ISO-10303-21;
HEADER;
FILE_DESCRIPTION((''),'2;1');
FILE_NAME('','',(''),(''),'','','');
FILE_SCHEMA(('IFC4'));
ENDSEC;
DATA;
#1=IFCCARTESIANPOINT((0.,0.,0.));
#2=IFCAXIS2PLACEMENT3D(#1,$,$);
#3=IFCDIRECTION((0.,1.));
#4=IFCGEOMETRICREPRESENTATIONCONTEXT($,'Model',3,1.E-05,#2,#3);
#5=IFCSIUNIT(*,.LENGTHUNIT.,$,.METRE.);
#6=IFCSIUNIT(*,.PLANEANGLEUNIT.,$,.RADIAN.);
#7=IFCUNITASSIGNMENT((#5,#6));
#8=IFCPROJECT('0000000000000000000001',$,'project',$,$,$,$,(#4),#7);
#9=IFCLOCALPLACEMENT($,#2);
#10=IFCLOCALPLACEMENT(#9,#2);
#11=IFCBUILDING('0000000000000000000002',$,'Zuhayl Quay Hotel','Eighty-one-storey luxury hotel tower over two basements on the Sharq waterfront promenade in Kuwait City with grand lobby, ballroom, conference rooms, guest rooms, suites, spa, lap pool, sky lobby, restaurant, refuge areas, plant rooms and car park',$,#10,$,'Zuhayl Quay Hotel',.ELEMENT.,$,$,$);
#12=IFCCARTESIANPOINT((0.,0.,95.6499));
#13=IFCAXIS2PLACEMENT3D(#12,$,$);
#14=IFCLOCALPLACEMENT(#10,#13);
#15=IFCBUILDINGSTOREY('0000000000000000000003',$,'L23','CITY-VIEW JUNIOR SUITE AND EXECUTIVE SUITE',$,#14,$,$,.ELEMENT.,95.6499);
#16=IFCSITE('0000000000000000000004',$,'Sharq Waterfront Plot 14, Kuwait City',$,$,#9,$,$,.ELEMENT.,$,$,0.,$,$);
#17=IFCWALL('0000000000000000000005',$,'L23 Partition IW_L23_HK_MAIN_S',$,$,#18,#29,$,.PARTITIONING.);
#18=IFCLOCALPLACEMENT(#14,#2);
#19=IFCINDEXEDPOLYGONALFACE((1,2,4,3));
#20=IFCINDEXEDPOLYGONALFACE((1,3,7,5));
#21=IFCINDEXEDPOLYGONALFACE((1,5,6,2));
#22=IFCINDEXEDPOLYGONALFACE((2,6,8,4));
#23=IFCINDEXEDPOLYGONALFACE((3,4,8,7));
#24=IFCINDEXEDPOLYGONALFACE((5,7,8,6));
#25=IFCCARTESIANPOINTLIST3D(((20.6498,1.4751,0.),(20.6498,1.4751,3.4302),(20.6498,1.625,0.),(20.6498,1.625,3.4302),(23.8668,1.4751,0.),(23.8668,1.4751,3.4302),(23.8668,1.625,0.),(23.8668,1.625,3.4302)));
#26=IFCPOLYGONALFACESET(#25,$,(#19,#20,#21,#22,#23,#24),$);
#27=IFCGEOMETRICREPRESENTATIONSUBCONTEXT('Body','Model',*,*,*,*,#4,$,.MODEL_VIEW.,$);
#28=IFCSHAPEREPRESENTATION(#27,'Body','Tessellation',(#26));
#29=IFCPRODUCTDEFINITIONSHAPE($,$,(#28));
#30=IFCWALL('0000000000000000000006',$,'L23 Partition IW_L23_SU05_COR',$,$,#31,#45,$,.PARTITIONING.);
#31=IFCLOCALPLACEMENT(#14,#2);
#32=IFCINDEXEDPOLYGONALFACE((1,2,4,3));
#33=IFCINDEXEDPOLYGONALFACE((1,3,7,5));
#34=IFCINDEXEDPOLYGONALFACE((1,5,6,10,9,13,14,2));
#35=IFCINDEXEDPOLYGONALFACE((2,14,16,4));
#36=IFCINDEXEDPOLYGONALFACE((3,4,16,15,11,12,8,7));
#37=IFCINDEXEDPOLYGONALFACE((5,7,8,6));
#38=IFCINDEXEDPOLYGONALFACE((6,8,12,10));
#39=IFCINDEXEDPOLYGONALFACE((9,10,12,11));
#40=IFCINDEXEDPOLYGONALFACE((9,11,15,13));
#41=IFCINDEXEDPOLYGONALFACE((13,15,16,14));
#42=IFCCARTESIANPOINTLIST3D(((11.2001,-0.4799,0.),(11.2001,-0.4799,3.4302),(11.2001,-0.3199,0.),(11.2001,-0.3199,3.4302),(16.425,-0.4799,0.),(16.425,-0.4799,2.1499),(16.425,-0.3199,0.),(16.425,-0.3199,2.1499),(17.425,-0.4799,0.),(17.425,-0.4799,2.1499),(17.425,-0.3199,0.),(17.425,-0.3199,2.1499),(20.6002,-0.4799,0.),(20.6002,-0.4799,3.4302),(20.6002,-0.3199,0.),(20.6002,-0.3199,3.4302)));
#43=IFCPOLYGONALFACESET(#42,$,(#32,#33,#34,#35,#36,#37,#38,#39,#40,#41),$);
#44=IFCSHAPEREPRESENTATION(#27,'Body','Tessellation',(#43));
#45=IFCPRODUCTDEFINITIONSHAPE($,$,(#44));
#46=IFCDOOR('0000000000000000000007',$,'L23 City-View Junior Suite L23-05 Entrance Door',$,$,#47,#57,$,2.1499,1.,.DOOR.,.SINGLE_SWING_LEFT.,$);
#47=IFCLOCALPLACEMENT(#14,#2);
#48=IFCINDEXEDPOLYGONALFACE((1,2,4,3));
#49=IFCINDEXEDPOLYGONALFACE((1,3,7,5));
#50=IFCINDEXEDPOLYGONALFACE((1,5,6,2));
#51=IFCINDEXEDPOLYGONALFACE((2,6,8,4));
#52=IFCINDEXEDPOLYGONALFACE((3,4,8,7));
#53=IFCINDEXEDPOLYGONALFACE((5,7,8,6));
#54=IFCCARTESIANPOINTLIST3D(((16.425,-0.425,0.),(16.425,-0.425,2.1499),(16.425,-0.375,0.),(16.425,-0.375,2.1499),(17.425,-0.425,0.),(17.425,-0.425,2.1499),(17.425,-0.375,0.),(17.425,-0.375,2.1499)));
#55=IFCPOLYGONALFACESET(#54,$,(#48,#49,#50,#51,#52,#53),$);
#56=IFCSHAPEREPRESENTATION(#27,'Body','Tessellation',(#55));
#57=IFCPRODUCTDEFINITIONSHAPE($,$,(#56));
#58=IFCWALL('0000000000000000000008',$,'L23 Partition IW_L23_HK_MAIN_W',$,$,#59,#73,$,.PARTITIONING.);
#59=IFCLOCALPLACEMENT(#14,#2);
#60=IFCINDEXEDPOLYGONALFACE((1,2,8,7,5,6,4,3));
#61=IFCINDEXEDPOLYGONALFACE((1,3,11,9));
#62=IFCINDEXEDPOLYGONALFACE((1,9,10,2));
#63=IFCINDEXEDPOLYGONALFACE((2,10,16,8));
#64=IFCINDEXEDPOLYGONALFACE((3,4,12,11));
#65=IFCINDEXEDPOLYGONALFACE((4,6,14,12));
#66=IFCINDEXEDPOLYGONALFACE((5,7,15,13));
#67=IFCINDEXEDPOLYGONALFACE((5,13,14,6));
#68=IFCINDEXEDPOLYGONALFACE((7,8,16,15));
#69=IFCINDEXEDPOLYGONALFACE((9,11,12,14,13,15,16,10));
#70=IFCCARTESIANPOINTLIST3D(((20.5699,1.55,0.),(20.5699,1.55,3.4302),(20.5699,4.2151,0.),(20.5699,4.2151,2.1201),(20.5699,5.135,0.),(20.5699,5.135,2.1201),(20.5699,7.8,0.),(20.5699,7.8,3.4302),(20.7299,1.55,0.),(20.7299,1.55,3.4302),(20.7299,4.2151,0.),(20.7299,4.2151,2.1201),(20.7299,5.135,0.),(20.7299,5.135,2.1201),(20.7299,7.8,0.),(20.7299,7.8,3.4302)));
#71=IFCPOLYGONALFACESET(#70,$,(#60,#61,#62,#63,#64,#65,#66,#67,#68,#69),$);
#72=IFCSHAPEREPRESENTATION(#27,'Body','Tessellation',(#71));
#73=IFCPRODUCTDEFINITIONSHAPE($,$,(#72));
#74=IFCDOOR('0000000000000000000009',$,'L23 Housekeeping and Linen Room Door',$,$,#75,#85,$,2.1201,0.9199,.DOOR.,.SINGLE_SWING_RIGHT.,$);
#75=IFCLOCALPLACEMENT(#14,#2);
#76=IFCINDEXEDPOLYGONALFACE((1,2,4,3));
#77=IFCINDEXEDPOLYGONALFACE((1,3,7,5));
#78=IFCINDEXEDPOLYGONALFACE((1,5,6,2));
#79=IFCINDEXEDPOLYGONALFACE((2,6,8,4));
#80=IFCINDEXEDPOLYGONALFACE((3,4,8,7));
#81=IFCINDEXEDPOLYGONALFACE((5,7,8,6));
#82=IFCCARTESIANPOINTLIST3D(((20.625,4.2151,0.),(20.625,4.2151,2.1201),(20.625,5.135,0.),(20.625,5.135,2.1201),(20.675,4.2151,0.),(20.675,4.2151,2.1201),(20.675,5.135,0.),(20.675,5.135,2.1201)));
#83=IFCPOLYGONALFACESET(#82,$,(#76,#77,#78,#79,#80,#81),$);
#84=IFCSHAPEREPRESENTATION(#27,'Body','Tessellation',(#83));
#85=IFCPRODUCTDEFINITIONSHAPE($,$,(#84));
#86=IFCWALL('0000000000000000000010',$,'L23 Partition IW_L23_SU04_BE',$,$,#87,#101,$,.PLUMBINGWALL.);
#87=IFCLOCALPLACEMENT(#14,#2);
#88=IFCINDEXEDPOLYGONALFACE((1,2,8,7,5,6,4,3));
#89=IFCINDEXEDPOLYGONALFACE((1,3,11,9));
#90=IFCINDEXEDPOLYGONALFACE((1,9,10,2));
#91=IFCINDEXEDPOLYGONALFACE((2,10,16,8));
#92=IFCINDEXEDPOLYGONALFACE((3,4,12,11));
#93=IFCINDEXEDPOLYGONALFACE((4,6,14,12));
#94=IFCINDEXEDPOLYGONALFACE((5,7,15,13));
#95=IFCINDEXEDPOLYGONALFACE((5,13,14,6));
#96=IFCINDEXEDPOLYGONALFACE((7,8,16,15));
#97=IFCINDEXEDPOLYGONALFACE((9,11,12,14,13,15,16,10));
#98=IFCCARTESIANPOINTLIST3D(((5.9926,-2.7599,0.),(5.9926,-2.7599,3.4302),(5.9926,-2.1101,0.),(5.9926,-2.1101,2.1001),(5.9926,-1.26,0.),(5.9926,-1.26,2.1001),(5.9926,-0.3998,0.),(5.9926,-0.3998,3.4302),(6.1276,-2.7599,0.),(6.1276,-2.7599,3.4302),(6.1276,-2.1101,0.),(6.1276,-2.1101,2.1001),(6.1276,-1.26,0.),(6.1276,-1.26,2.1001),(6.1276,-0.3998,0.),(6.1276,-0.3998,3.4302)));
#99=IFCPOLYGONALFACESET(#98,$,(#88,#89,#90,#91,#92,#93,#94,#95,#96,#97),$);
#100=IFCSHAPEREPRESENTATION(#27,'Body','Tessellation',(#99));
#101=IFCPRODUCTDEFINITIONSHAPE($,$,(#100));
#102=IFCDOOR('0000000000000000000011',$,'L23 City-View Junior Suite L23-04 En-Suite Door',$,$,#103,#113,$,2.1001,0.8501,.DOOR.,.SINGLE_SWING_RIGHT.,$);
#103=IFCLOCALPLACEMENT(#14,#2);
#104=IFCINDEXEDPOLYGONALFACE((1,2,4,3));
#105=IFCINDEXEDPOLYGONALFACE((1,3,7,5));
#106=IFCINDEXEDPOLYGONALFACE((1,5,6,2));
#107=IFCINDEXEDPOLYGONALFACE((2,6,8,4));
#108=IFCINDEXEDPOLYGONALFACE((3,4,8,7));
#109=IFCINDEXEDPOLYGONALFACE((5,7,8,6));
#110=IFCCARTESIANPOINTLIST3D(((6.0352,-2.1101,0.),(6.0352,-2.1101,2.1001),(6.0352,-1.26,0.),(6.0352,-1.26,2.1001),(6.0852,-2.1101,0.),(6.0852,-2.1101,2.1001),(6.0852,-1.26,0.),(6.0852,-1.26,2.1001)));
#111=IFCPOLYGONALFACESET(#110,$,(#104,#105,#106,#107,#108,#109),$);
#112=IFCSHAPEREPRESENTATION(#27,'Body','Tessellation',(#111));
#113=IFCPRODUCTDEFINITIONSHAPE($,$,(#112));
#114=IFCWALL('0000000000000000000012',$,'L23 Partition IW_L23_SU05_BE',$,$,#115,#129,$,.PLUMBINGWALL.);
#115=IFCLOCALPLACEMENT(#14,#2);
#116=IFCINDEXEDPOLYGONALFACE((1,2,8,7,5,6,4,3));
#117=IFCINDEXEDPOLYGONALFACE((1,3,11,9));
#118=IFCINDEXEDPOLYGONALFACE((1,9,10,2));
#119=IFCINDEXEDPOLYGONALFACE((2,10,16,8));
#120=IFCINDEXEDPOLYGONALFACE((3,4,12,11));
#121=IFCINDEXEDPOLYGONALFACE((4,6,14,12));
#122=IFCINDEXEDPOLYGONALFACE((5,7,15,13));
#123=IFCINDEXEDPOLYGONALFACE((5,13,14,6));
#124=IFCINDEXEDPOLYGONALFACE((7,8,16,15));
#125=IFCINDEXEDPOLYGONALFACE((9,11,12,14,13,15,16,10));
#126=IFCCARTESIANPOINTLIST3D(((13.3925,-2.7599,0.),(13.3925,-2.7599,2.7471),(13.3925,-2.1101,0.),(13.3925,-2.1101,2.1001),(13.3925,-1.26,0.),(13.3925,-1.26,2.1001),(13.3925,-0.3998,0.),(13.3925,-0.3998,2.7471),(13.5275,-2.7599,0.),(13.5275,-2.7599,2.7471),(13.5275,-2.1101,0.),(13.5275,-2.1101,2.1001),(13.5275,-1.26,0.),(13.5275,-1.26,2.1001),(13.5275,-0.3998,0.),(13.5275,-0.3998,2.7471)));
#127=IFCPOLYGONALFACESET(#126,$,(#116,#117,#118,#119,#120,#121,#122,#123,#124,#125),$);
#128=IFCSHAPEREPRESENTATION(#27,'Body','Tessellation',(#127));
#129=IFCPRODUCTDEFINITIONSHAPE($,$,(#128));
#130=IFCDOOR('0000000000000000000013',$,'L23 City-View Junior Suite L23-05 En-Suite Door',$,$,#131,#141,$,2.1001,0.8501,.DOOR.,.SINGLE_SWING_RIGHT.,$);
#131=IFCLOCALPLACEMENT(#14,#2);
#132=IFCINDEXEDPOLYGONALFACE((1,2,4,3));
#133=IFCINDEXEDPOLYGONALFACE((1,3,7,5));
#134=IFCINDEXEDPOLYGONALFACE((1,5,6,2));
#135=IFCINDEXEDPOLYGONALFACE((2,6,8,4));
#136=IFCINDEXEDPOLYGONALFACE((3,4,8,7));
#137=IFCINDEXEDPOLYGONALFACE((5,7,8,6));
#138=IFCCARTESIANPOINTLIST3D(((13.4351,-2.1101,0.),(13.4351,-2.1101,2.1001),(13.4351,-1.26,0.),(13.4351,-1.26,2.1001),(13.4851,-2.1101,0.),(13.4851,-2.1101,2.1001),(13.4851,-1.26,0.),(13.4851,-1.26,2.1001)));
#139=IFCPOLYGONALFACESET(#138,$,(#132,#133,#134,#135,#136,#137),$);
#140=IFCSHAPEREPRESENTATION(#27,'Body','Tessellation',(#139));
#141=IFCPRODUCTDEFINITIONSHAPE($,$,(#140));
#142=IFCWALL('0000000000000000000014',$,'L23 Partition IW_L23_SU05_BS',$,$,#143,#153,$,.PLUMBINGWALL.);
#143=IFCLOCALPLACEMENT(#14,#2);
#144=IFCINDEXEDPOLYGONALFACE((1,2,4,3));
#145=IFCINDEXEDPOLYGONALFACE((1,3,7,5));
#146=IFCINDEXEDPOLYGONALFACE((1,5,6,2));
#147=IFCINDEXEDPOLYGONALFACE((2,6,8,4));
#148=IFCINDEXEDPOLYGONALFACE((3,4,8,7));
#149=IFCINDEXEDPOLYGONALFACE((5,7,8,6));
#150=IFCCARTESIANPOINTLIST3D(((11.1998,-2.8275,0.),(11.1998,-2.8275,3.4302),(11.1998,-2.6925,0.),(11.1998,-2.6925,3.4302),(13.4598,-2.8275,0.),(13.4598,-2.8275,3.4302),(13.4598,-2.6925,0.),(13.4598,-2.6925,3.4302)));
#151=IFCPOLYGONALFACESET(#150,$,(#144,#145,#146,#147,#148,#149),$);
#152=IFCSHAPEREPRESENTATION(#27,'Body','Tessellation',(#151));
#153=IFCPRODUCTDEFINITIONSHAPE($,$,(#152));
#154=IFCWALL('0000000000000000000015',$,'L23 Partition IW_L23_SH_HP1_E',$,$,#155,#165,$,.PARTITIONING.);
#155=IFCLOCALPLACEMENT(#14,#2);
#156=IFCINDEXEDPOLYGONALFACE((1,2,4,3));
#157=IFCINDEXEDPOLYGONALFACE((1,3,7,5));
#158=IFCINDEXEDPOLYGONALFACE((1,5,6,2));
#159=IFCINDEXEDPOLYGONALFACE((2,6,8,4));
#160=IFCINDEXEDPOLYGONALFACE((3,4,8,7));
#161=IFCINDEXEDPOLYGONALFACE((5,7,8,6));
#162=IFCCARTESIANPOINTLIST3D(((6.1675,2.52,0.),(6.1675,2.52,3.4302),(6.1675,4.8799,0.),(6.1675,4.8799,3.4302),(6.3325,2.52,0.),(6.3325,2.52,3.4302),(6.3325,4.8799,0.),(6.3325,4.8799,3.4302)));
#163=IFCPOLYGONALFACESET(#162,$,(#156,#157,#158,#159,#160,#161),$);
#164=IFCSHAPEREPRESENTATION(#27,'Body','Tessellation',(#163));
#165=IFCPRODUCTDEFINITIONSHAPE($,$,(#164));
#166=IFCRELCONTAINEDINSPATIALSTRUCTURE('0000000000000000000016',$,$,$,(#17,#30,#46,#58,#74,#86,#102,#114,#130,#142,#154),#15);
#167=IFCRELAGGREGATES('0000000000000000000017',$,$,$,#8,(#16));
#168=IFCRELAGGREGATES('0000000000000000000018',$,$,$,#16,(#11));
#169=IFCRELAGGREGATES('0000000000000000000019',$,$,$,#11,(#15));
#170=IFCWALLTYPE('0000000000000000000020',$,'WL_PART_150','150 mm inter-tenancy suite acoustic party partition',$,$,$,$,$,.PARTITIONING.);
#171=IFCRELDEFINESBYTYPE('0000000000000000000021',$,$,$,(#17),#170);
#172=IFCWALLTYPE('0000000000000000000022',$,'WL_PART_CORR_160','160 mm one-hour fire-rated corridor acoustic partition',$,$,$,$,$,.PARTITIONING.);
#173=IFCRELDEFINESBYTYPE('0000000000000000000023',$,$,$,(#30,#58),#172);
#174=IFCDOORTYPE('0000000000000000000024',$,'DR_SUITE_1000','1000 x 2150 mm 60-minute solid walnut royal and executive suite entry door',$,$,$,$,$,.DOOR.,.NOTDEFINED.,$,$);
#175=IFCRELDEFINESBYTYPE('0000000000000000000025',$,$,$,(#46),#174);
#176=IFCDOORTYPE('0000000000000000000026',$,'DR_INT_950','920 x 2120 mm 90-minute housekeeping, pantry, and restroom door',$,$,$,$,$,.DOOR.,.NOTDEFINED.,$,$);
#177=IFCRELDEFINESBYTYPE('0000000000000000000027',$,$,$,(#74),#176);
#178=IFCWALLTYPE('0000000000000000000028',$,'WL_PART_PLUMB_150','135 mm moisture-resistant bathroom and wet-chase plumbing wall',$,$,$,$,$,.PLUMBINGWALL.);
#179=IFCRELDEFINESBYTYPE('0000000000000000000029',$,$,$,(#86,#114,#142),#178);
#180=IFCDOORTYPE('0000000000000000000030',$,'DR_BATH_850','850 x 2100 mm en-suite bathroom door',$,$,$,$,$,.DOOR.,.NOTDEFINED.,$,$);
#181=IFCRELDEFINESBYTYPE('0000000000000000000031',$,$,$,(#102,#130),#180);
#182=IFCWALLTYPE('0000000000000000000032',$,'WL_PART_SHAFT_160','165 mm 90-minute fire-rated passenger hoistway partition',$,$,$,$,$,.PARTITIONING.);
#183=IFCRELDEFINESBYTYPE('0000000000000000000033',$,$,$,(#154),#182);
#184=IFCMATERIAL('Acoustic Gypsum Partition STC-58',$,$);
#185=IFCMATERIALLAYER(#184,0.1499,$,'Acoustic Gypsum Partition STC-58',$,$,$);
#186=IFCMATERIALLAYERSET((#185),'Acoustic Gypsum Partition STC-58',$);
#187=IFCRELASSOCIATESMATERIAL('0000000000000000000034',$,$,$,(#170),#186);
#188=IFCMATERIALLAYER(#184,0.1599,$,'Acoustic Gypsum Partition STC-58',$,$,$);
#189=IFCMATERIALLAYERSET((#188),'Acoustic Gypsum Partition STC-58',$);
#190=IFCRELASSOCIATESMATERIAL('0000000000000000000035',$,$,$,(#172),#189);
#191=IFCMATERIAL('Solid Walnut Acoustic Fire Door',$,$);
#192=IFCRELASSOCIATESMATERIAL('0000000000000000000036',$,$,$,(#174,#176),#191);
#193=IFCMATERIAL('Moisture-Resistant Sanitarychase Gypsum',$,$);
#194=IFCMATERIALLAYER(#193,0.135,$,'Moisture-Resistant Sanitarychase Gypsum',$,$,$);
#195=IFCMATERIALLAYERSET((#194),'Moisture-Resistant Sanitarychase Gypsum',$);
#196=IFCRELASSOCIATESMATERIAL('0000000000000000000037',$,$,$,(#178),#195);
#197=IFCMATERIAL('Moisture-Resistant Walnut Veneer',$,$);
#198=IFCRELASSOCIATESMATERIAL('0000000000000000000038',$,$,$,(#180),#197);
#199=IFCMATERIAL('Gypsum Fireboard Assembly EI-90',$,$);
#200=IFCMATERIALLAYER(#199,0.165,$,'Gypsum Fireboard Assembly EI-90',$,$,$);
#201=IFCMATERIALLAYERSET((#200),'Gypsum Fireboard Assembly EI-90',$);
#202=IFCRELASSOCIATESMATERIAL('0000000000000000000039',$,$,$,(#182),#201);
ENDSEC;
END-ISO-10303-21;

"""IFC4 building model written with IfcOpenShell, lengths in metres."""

from ifc_helpers import new_model, si_unit, direction, frame, frame_2d, origin, place, context, subcontext, project, spatial, rectangle, extrude, material, layer, layer_set, type_object, element, fill, save


model = new_model("IFC4")

# Units and contexts
model_context = context("Model", 3, precision=1e-05, world=origin(), true_north=direction((0.0, 1.0)))
body_context = subcontext(model_context, "Body", "Model", "MODEL_VIEW")
ifc_project = project(units=[si_unit("LENGTHUNIT", "METRE"), si_unit("PLANEANGLEUNIT", "RADIAN")], contexts=[model_context])

# Site, building, storey
site_placement = place(None, origin())
site = spatial("IfcSite", under=ifc_project, at=site_placement, Name="Sharq Waterfront Plot 14, Kuwait City", CompositionType="ELEMENT", RefElevation=0.0)
building_placement = place(site_placement, origin())
building = spatial("IfcBuilding", under=site, at=building_placement, Name="Zuhayl Quay Hotel", Description="Eighty-one-storey luxury hotel tower over two basements on the Sharq waterfront promenade in Kuwait City with grand lobby, ballroom, conference rooms, guest rooms, suites, spa, lap pool, sky lobby, restaurant, refuge areas, plant rooms and car park", LongName="Zuhayl Quay Hotel", CompositionType="ELEMENT")
storey_placement = place(building_placement, frame((0.0, 0.0, 95.6499)))
storey = spatial("IfcBuildingStorey", under=building, at=storey_placement, Name="L23", Description="CITY-VIEW JUNIOR SUITE AND EXECUTIVE SUITE", CompositionType="ELEMENT", Elevation=95.6499)

# Wall
ifc_material_1 = material(Name="Acoustic Gypsum Partition STC-58")
ifc_layer_1 = layer(ifc_material_1, 0.1499, Name="Acoustic Gypsum Partition STC-58")
ifc_layer_set_1 = layer_set([ifc_layer_1], Name="Acoustic Gypsum Partition STC-58")
wall_type_1 = type_object("IfcWallType", Name="WL_PART_150", Description="150 mm inter-tenancy suite acoustic party partition", PredefinedType="PARTITIONING", material=ifc_layer_set_1)
wall_1_placement = place(storey_placement, frame((20.6499, 1.55, 0.0), z_axis=(0.0, 0.0, 1.0), x_axis=(1.0, 0.0, 0.0)))
element("IfcWall", 1, at=wall_1_placement, inside=storey, type_object=wall_type_1, Name="L23 Partition IW_L23_HK_MAIN_S", PredefinedType="PARTITIONING", context=body_context, shape_type="SweptSolid", body=[
    extrude(rectangle(XDim=3.217, YDim=0.1499, at=frame_2d((1.6084, 0.0))), origin(), (0.0, 0.0, 1.0), 3.4302),
])

# Walls, openings, doors
ifc_layer_2 = layer(ifc_material_1, 0.1599, Name="Acoustic Gypsum Partition STC-58")
ifc_layer_set_2 = layer_set([ifc_layer_2], Name="Acoustic Gypsum Partition STC-58")
wall_type_2 = type_object("IfcWallType", Name="WL_PART_CORR_160", Description="160 mm one-hour fire-rated corridor acoustic partition", PredefinedType="PARTITIONING", material=ifc_layer_set_2)
wall_2_placement = place(storey_placement, frame((11.2, -0.3999, 0.0), z_axis=(0.0, 0.0, 1.0), x_axis=(1.0, 0.0, 0.0)))
wall_2 = element("IfcWall", 2, at=wall_2_placement, inside=storey, type_object=wall_type_2, Name="L23 Partition IW_L23_SU05_COR", PredefinedType="PARTITIONING", context=body_context, shape_type="SweptSolid", body=[
    extrude(rectangle(XDim=9.4001, YDim=0.1599, at=frame_2d((4.7002, 0.0))), origin(), (0.0, 0.0, 1.0), 3.4302),
])
opening_1_placement = place(wall_2_placement, frame((5.2251, 0.0, 0.0)))
opening_1 = element("IfcOpeningElement", 3, at=opening_1_placement, cuts=wall_2, PredefinedType="OPENING", context=body_context, shape_type="SweptSolid", body=[
    extrude(rectangle(XDim=1.0, YDim=2.1499, at=frame_2d((0.5, 1.075))), frame((0.0, 0.0898, 0.0), z_axis=(0.0, -1.0, 0.0), x_axis=(1.0, 0.0, 0.0)), (0.0, 0.0, 1.0), 0.1799),
])
ifc_material_2 = material(Name="Solid Walnut Acoustic Fire Door")
door_type_1 = type_object("IfcDoorType", Name="DR_SUITE_1000", Description="1000 x 2150 mm 60-minute solid walnut royal and executive suite entry door", OperationType="NOTDEFINED", PredefinedType="DOOR", material=ifc_material_2)
door_1_placement = place(opening_1_placement, origin())
door_1 = element("IfcDoor", 4, at=door_1_placement, inside=storey, type_object=door_type_1, Name="L23 City-View Junior Suite L23-05 Entrance Door", OperationType="SINGLE_SWING_LEFT", OverallHeight=2.1499, OverallWidth=1.0, PredefinedType="DOOR", context=body_context, shape_type="SweptSolid", body=[
    extrude(rectangle(XDim=1.0, YDim=2.1499, at=frame_2d((0.5, 1.075))), frame((0.0, 0.0249, 0.0), z_axis=(0.0, -1.0, 0.0), x_axis=(1.0, 0.0, 0.0)), (0.0, 0.0, 1.0), 0.05),
])
fill(opening_1, door_1)
wall_3_placement = place(storey_placement, frame((20.6499, 1.55, 0.0), z_axis=(0.0, 0.0, 1.0), x_axis=(0.0, 1.0, 0.0)))
wall_3 = element("IfcWall", 5, at=wall_3_placement, inside=storey, type_object=wall_type_2, Name="L23 Partition IW_L23_HK_MAIN_W", PredefinedType="PARTITIONING", context=body_context, shape_type="SweptSolid", body=[
    extrude(rectangle(XDim=6.25, YDim=0.1599, at=frame_2d((3.125, 0.0))), origin(), (0.0, 0.0, 1.0), 3.4302),
])
opening_2_placement = place(wall_3_placement, frame((2.665, 0.0, 0.0)))
opening_2 = element("IfcOpeningElement", 6, at=opening_2_placement, cuts=wall_3, PredefinedType="OPENING", context=body_context, shape_type="SweptSolid", body=[
    extrude(rectangle(XDim=0.9199, YDim=2.1201, at=frame_2d((0.46, 1.0601))), frame((0.0, 0.0898, 0.0), z_axis=(0.0, -1.0, 0.0), x_axis=(1.0, 0.0, 0.0)), (0.0, 0.0, 1.0), 0.1799),
])
door_type_2 = type_object("IfcDoorType", Name="DR_INT_950", Description="920 x 2120 mm 90-minute housekeeping, pantry, and restroom door", OperationType="NOTDEFINED", PredefinedType="DOOR", material=ifc_material_2)
door_2_placement = place(opening_2_placement, origin())
door_2 = element("IfcDoor", 7, at=door_2_placement, inside=storey, type_object=door_type_2, Name="L23 Housekeeping and Linen Room Door", OperationType="SINGLE_SWING_RIGHT", OverallHeight=2.1201, OverallWidth=0.9199, PredefinedType="DOOR", context=body_context, shape_type="SweptSolid", body=[
    extrude(rectangle(XDim=0.9199, YDim=2.1201, at=frame_2d((0.46, 1.0601))), frame((0.0, 0.0249, 0.0), z_axis=(0.0, -1.0, 0.0), x_axis=(1.0, 0.0, 0.0)), (0.0, 0.0, 1.0), 0.05),
])
fill(opening_2, door_2)
ifc_material_3 = material(Name="Moisture-Resistant Sanitarychase Gypsum")
ifc_layer_3 = layer(ifc_material_3, 0.135, Name="Moisture-Resistant Sanitarychase Gypsum")
ifc_layer_set_3 = layer_set([ifc_layer_3], Name="Moisture-Resistant Sanitarychase Gypsum")
wall_type_3 = type_object("IfcWallType", Name="WL_PART_PLUMB_150", Description="135 mm moisture-resistant bathroom and wet-chase plumbing wall", PredefinedType="PLUMBINGWALL", material=ifc_layer_set_3)
wall_4_placement = place(storey_placement, frame((6.0601, -2.76, 0.0), z_axis=(0.0, 0.0, 1.0), x_axis=(0.0, 1.0, 0.0)))
wall_4 = element("IfcWall", 8, at=wall_4_placement, inside=storey, type_object=wall_type_3, Name="L23 Partition IW_L23_SU04_BE", PredefinedType="PLUMBINGWALL", context=body_context, shape_type="SweptSolid", body=[
    extrude(rectangle(XDim=2.3601, YDim=0.135, at=frame_2d((1.1802, 0.0))), origin(), (0.0, 0.0, 1.0), 3.4302),
])
opening_3_placement = place(wall_4_placement, frame((0.6499, 0.0, 0.0)))
opening_3 = element("IfcOpeningElement", 9, at=opening_3_placement, cuts=wall_4, PredefinedType="OPENING", context=body_context, shape_type="SweptSolid", body=[
    extrude(rectangle(XDim=0.8501, YDim=2.1001, at=frame_2d((0.425, 1.05))), frame((0.0, 0.0774, 0.0), z_axis=(0.0, -1.0, 0.0), x_axis=(1.0, 0.0, 0.0)), (0.0, 0.0, 1.0), 0.155),
])
ifc_material_4 = material(Name="Moisture-Resistant Walnut Veneer")
door_type_3 = type_object("IfcDoorType", Name="DR_BATH_850", Description="850 x 2100 mm en-suite bathroom door", OperationType="NOTDEFINED", PredefinedType="DOOR", material=ifc_material_4)
door_3_placement = place(opening_3_placement, origin())
door_3 = element("IfcDoor", 10, at=door_3_placement, inside=storey, type_object=door_type_3, Name="L23 City-View Junior Suite L23-04 En-Suite Door", OperationType="SINGLE_SWING_RIGHT", OverallHeight=2.1001, OverallWidth=0.8501, PredefinedType="DOOR", context=body_context, shape_type="SweptSolid", body=[
    extrude(rectangle(XDim=0.8501, YDim=2.1001, at=frame_2d((0.425, 1.05))), frame((0.0, 0.0249, 0.0), z_axis=(0.0, -1.0, 0.0), x_axis=(1.0, 0.0, 0.0)), (0.0, 0.0, 1.0), 0.05),
])
fill(opening_3, door_3)
wall_5_placement = place(storey_placement, frame((13.46, -2.76, 0.0), z_axis=(0.0, 0.0, 1.0), x_axis=(0.0, 1.0, 0.0)))
wall_5 = element("IfcWall", 11, at=wall_5_placement, inside=storey, type_object=wall_type_3, Name="L23 Partition IW_L23_SU05_BE", PredefinedType="PLUMBINGWALL", context=body_context, shape_type="SweptSolid", body=[
    extrude(rectangle(XDim=2.3601, YDim=0.135, at=frame_2d((1.1802, 0.0))), origin(), (0.0, 0.0, 1.0), 2.7471),
])
opening_4_placement = place(wall_5_placement, frame((0.6499, 0.0, 0.0)))
opening_4 = element("IfcOpeningElement", 12, at=opening_4_placement, cuts=wall_5, PredefinedType="OPENING", context=body_context, shape_type="SweptSolid", body=[
    extrude(rectangle(XDim=0.8501, YDim=2.1001, at=frame_2d((0.425, 1.05))), frame((0.0, 0.0774, 0.0), z_axis=(0.0, -1.0, 0.0), x_axis=(1.0, 0.0, 0.0)), (0.0, 0.0, 1.0), 0.155),
])
door_4_placement = place(opening_4_placement, origin())
door_4 = element("IfcDoor", 13, at=door_4_placement, inside=storey, type_object=door_type_3, Name="L23 City-View Junior Suite L23-05 En-Suite Door", OperationType="SINGLE_SWING_RIGHT", OverallHeight=2.1001, OverallWidth=0.8501, PredefinedType="DOOR", context=body_context, shape_type="SweptSolid", body=[
    extrude(rectangle(XDim=0.8501, YDim=2.1001, at=frame_2d((0.425, 1.05))), frame((0.0, 0.0249, 0.0), z_axis=(0.0, -1.0, 0.0), x_axis=(1.0, 0.0, 0.0)), (0.0, 0.0, 1.0), 0.05),
])
fill(opening_4, door_4)

# Walls
wall_6_placement = place(storey_placement, frame((11.2, -2.76, 0.0), z_axis=(0.0, 0.0, 1.0), x_axis=(1.0, 0.0, 0.0)))
element("IfcWall", 14, at=wall_6_placement, inside=storey, type_object=wall_type_3, Name="L23 Partition IW_L23_SU05_BS", PredefinedType="PLUMBINGWALL", context=body_context, shape_type="SweptSolid", body=[
    extrude(rectangle(XDim=2.26, YDim=0.135, at=frame_2d((1.1299, 0.0))), origin(), (0.0, 0.0, 1.0), 3.4302),
])
ifc_material_5 = material(Name="Gypsum Fireboard Assembly EI-90")
ifc_layer_4 = layer(ifc_material_5, 0.165, Name="Gypsum Fireboard Assembly EI-90")
ifc_layer_set_4 = layer_set([ifc_layer_4], Name="Gypsum Fireboard Assembly EI-90")
wall_type_4 = type_object("IfcWallType", Name="WL_PART_SHAFT_160", Description="165 mm 90-minute fire-rated passenger hoistway partition", PredefinedType="PARTITIONING", material=ifc_layer_set_4)
wall_7_placement = place(storey_placement, frame((6.25, 2.52, 0.0), z_axis=(0.0, 0.0, 1.0), x_axis=(0.0, 1.0, 0.0)))
element("IfcWall", 15, at=wall_7_placement, inside=storey, type_object=wall_type_4, Name="L23 Partition IW_L23_SH_HP1_E", PredefinedType="PARTITIONING", context=body_context, shape_type="SweptSolid", body=[
    extrude(rectangle(XDim=2.3599, YDim=0.165, at=frame_2d((1.1799, 0.0))), origin(), (0.0, 0.0, 1.0), 3.4302),
])

save(model, "model.ifc")
